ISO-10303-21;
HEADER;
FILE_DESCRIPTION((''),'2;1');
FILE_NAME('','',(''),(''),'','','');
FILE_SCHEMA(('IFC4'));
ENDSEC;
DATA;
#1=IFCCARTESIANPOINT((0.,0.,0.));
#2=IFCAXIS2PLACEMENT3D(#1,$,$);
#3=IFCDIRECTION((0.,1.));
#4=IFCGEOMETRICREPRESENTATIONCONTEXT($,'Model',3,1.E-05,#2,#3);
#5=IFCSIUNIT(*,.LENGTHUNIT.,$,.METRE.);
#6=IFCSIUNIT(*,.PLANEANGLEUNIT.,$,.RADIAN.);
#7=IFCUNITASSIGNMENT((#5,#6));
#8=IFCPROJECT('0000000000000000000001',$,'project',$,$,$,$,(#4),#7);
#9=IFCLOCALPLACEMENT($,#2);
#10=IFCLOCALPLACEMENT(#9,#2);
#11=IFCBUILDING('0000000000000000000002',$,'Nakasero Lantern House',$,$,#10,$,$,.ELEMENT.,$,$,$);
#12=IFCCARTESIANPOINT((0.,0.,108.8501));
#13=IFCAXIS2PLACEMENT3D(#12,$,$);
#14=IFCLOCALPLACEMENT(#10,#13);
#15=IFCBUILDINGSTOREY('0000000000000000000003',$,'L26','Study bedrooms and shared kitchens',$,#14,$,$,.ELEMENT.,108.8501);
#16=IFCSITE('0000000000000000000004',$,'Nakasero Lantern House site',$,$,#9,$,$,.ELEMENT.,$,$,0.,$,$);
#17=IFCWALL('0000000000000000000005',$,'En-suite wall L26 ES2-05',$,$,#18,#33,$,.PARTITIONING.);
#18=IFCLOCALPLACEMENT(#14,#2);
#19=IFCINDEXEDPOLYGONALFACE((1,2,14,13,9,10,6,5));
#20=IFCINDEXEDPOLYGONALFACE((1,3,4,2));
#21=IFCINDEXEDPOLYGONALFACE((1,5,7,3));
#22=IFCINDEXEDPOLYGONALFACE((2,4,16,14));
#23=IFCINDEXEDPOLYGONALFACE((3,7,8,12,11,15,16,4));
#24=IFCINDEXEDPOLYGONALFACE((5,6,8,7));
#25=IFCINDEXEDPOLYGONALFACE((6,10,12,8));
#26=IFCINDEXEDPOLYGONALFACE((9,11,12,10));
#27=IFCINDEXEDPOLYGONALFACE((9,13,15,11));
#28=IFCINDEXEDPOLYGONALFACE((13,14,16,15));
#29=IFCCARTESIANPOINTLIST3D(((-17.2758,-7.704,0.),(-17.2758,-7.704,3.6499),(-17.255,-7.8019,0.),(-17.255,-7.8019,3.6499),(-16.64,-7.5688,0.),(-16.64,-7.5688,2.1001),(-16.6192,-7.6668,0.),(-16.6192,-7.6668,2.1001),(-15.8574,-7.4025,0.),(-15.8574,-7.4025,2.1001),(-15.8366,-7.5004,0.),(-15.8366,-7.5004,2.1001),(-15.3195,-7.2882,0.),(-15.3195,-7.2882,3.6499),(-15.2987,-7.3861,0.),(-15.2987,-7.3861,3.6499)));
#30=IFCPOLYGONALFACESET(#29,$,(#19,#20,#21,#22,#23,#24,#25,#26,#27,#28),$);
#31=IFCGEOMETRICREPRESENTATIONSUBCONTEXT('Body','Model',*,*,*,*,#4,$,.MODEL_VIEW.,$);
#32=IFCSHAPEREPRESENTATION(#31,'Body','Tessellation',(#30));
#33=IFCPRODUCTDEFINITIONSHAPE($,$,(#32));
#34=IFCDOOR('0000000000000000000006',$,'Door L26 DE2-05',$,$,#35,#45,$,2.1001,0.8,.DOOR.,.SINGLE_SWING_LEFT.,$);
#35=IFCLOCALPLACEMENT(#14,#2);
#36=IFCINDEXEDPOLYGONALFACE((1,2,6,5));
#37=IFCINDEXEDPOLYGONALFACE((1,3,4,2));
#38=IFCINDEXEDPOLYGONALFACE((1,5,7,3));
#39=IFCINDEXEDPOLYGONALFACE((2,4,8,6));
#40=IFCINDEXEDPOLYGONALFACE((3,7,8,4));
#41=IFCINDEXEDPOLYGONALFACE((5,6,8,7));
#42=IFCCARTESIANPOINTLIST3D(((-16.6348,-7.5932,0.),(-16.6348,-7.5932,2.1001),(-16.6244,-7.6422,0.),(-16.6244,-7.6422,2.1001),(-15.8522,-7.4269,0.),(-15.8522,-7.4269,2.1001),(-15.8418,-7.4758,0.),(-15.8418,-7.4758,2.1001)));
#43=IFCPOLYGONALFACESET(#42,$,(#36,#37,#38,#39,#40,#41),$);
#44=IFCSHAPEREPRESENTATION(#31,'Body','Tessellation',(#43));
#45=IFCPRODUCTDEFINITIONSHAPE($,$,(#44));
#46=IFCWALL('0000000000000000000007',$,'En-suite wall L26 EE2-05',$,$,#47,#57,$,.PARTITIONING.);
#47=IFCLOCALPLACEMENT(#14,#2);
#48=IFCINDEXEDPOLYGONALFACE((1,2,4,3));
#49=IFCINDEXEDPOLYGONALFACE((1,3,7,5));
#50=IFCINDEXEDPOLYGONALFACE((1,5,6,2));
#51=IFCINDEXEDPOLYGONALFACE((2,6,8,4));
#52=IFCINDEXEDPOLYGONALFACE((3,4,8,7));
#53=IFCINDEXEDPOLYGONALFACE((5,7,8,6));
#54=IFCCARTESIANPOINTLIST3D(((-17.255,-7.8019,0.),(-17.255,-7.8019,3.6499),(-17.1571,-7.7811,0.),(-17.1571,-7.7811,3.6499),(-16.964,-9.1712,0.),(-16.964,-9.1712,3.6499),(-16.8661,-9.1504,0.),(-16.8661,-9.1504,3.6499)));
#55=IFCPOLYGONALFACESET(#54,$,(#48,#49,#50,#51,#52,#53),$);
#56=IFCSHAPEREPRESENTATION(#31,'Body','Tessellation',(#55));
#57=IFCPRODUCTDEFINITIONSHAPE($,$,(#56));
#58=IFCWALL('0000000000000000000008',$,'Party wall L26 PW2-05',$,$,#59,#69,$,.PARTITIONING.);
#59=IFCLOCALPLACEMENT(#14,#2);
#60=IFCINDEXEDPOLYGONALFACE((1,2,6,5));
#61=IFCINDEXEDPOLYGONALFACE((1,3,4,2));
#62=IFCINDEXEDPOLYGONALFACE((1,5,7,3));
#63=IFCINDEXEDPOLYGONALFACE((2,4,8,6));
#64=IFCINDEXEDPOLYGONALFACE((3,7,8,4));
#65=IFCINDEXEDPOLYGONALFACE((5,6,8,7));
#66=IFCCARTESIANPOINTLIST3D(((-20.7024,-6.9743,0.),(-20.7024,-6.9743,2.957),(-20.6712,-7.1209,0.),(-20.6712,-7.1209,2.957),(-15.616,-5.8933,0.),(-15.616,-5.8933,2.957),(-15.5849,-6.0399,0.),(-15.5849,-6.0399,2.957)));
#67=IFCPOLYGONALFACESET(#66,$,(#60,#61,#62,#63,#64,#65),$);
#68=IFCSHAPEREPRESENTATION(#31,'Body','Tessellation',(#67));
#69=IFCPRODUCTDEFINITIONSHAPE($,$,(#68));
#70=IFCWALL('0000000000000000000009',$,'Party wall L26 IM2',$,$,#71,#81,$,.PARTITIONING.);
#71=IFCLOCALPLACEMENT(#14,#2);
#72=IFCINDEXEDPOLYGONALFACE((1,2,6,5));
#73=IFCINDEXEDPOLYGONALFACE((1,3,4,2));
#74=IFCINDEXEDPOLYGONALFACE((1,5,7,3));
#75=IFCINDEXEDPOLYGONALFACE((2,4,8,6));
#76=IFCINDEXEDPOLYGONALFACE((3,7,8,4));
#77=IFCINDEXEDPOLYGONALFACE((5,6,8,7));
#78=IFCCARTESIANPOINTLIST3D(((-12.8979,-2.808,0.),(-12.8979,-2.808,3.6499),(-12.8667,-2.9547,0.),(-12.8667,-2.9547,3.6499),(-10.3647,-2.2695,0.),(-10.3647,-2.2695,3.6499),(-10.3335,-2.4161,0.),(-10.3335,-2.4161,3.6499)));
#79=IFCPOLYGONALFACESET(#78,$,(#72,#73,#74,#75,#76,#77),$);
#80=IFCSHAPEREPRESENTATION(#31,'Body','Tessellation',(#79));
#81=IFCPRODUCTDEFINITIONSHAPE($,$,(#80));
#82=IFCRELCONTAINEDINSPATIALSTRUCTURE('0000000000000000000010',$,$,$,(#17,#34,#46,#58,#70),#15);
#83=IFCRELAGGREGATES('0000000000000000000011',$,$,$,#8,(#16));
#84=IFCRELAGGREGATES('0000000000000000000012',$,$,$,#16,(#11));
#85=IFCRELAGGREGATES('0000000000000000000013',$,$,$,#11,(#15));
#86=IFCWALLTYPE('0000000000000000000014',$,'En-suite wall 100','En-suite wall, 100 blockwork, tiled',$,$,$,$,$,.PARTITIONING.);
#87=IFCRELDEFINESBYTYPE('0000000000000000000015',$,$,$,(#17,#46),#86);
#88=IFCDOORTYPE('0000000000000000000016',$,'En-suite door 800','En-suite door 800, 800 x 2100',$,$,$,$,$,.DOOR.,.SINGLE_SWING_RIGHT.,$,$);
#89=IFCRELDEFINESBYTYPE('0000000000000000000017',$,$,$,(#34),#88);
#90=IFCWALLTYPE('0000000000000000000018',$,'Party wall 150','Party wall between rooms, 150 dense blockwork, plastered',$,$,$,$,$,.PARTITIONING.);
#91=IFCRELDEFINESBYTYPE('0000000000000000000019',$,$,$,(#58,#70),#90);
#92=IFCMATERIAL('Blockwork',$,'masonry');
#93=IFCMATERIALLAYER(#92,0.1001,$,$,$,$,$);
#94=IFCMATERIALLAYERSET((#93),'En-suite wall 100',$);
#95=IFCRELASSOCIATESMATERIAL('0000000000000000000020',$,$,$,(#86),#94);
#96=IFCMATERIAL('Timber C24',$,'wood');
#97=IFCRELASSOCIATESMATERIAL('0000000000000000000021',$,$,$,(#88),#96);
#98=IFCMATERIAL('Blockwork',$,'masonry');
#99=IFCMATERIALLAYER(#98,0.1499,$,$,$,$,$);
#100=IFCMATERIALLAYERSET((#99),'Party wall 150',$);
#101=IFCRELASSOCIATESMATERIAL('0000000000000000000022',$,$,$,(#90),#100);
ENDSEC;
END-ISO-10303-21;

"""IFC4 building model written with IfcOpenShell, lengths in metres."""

from ifc_helpers import new_model, si_unit, direction, frame, frame_2d, origin, place, context, subcontext, project, spatial, rectangle, extrude, material, layer, layer_set, type_object, element, fill, save


model = new_model("IFC4")

# Units and contexts
model_context = context("Model", 3, precision=1e-05, world=origin(), true_north=direction((0.0, 1.0)))
body_context = subcontext(model_context, "Body", "Model", "MODEL_VIEW")
ifc_project = project(units=[si_unit("LENGTHUNIT", "METRE"), si_unit("PLANEANGLEUNIT", "RADIAN")], contexts=[model_context])

# Site, building, storey
site_placement = place(None, origin())
site = spatial("IfcSite", under=ifc_project, at=site_placement, Name="Nakasero Lantern House site", CompositionType="ELEMENT", RefElevation=0.0)
building_placement = place(site_placement, origin())
building = spatial("IfcBuilding", under=site, at=building_placement, Name="Nakasero Lantern House", CompositionType="ELEMENT")
storey_placement = place(building_placement, frame((0.0, 0.0, 108.8501)))
storey = spatial("IfcBuildingStorey", under=building, at=storey_placement, Name="L26", Description="Study bedrooms and shared kitchens", CompositionType="ELEMENT", Elevation=108.8501)

# Shared definitions
ifc_material_1 = material(Name="Blockwork", Category="masonry")
ifc_layer_1 = layer(ifc_material_1, 0.1001)
ifc_layer_set_1 = layer_set([ifc_layer_1], Name="En-suite wall 100")
wall_type_1 = type_object("IfcWallType", Name="En-suite wall 100", Description="En-suite wall, 100 blockwork, tiled", PredefinedType="PARTITIONING", material=ifc_layer_set_1)

# Wall, opening, door
wall_1_placement = place(storey_placement, frame((-15.3091, -7.3372, 0.0), z_axis=(0.0, 0.0, 1.0), x_axis=(-0.978153, -0.207886, 0.0)))
wall_1 = element("IfcWall", 1, at=wall_1_placement, inside=storey, type_object=wall_type_1, Name="En-suite wall L26 ES2-05", PredefinedType="PARTITIONING", context=body_context, shape_type="SweptSolid", body=[
    extrude(rectangle(XDim=2.0, YDim=0.1001, at=frame_2d((1.0, 0.0))), origin(), (0.0, 0.0, 1.0), 3.6499),
])
opening_placement = place(wall_1_placement, frame((0.55, 0.0, 0.0)))
opening = element("IfcOpeningElement", 2, at=opening_placement, cuts=wall_1, PredefinedType="OPENING", context=body_context, shape_type="SweptSolid", body=[
    extrude(rectangle(XDim=0.8, YDim=2.1001, at=frame_2d((0.3999, 1.05))), frame((0.0, 0.0701, 0.0), z_axis=(0.0, -1.0, 0.0), x_axis=(1.0, 0.0, 0.0)), (0.0, 0.0, 1.0), 0.1401),
])
ifc_material_2 = material(Name="Timber C24", Category="wood")
door_type = type_object("IfcDoorType", Name="En-suite door 800", Description="En-suite door 800, 800 x 2100", OperationType="SINGLE_SWING_RIGHT", PredefinedType="DOOR", material=ifc_material_2)
door_placement = place(opening_placement, origin())
door = element("IfcDoor", 3, at=door_placement, inside=storey, type_object=door_type, Name="Door L26 DE2-05", OperationType="SINGLE_SWING_LEFT", OverallHeight=2.1001, OverallWidth=0.8, PredefinedType="DOOR", context=body_context, shape_type="SweptSolid", body=[
    extrude(rectangle(XDim=0.8, YDim=2.1001, at=frame_2d((0.3999, 1.05))), frame((0.0, 0.0249, 0.0), z_axis=(0.0, -1.0, 0.0), x_axis=(1.0, 0.0, 0.0)), (0.0, 0.0, 1.0), 0.05),
])
fill(opening, door)

# Walls
wall_2_placement = place(storey_placement, frame((-17.2061, -7.7915, 0.0), z_axis=(0.0, 0.0, 1.0), x_axis=(0.207873, -0.978156, 0.0)))
element("IfcWall", 4, at=wall_2_placement, inside=storey, type_object=wall_type_1, Name="En-suite wall L26 EE2-05", PredefinedType="PARTITIONING", context=body_context, shape_type="SweptSolid", body=[
    extrude(rectangle(XDim=1.3999, YDim=0.1001, at=frame_2d((0.7, 0.0))), origin(), (0.0, 0.0, 1.0), 3.6499),
])
ifc_material_3 = material(Name="Blockwork", Category="masonry")
ifc_layer_2 = layer(ifc_material_3, 0.1499)
ifc_layer_set_2 = layer_set([ifc_layer_2], Name="Party wall 150")
wall_type_2 = type_object("IfcWallType", Name="Party wall 150", Description="Party wall between rooms, 150 dense blockwork, plastered", PredefinedType="PARTITIONING", material=ifc_layer_set_2)
wall_3_placement = place(storey_placement, frame((-15.6003, -5.9666, 0.0), z_axis=(0.0, 0.0, 1.0), x_axis=(-0.978151, -0.207894, 0.0)))
element("IfcWall", 5, at=wall_3_placement, inside=storey, type_object=wall_type_2, Name="Party wall L26 PW2-05", PredefinedType="PARTITIONING", context=body_context, shape_type="SweptSolid", body=[
    extrude(rectangle(XDim=5.2, YDim=0.1499, at=frame_2d((2.6001, 0.0))), origin(), (0.0, 0.0, 1.0), 2.957),
])
wall_4_placement = place(storey_placement, frame((-12.8823, -2.8813, 0.0), z_axis=(0.0, 0.0, 1.0), x_axis=(0.978138, 0.207958, 0.0)))
element("IfcWall", 6, at=wall_4_placement, inside=storey, type_object=wall_type_2, Name="Party wall L26 IM2", PredefinedType="PARTITIONING", context=body_context, shape_type="SweptSolid", body=[
    extrude(rectangle(XDim=2.5898, YDim=0.1499, at=frame_2d((1.2949, 0.0))), origin(), (0.0, 0.0, 1.0), 3.6499),
])

save(model, "model.ifc")
